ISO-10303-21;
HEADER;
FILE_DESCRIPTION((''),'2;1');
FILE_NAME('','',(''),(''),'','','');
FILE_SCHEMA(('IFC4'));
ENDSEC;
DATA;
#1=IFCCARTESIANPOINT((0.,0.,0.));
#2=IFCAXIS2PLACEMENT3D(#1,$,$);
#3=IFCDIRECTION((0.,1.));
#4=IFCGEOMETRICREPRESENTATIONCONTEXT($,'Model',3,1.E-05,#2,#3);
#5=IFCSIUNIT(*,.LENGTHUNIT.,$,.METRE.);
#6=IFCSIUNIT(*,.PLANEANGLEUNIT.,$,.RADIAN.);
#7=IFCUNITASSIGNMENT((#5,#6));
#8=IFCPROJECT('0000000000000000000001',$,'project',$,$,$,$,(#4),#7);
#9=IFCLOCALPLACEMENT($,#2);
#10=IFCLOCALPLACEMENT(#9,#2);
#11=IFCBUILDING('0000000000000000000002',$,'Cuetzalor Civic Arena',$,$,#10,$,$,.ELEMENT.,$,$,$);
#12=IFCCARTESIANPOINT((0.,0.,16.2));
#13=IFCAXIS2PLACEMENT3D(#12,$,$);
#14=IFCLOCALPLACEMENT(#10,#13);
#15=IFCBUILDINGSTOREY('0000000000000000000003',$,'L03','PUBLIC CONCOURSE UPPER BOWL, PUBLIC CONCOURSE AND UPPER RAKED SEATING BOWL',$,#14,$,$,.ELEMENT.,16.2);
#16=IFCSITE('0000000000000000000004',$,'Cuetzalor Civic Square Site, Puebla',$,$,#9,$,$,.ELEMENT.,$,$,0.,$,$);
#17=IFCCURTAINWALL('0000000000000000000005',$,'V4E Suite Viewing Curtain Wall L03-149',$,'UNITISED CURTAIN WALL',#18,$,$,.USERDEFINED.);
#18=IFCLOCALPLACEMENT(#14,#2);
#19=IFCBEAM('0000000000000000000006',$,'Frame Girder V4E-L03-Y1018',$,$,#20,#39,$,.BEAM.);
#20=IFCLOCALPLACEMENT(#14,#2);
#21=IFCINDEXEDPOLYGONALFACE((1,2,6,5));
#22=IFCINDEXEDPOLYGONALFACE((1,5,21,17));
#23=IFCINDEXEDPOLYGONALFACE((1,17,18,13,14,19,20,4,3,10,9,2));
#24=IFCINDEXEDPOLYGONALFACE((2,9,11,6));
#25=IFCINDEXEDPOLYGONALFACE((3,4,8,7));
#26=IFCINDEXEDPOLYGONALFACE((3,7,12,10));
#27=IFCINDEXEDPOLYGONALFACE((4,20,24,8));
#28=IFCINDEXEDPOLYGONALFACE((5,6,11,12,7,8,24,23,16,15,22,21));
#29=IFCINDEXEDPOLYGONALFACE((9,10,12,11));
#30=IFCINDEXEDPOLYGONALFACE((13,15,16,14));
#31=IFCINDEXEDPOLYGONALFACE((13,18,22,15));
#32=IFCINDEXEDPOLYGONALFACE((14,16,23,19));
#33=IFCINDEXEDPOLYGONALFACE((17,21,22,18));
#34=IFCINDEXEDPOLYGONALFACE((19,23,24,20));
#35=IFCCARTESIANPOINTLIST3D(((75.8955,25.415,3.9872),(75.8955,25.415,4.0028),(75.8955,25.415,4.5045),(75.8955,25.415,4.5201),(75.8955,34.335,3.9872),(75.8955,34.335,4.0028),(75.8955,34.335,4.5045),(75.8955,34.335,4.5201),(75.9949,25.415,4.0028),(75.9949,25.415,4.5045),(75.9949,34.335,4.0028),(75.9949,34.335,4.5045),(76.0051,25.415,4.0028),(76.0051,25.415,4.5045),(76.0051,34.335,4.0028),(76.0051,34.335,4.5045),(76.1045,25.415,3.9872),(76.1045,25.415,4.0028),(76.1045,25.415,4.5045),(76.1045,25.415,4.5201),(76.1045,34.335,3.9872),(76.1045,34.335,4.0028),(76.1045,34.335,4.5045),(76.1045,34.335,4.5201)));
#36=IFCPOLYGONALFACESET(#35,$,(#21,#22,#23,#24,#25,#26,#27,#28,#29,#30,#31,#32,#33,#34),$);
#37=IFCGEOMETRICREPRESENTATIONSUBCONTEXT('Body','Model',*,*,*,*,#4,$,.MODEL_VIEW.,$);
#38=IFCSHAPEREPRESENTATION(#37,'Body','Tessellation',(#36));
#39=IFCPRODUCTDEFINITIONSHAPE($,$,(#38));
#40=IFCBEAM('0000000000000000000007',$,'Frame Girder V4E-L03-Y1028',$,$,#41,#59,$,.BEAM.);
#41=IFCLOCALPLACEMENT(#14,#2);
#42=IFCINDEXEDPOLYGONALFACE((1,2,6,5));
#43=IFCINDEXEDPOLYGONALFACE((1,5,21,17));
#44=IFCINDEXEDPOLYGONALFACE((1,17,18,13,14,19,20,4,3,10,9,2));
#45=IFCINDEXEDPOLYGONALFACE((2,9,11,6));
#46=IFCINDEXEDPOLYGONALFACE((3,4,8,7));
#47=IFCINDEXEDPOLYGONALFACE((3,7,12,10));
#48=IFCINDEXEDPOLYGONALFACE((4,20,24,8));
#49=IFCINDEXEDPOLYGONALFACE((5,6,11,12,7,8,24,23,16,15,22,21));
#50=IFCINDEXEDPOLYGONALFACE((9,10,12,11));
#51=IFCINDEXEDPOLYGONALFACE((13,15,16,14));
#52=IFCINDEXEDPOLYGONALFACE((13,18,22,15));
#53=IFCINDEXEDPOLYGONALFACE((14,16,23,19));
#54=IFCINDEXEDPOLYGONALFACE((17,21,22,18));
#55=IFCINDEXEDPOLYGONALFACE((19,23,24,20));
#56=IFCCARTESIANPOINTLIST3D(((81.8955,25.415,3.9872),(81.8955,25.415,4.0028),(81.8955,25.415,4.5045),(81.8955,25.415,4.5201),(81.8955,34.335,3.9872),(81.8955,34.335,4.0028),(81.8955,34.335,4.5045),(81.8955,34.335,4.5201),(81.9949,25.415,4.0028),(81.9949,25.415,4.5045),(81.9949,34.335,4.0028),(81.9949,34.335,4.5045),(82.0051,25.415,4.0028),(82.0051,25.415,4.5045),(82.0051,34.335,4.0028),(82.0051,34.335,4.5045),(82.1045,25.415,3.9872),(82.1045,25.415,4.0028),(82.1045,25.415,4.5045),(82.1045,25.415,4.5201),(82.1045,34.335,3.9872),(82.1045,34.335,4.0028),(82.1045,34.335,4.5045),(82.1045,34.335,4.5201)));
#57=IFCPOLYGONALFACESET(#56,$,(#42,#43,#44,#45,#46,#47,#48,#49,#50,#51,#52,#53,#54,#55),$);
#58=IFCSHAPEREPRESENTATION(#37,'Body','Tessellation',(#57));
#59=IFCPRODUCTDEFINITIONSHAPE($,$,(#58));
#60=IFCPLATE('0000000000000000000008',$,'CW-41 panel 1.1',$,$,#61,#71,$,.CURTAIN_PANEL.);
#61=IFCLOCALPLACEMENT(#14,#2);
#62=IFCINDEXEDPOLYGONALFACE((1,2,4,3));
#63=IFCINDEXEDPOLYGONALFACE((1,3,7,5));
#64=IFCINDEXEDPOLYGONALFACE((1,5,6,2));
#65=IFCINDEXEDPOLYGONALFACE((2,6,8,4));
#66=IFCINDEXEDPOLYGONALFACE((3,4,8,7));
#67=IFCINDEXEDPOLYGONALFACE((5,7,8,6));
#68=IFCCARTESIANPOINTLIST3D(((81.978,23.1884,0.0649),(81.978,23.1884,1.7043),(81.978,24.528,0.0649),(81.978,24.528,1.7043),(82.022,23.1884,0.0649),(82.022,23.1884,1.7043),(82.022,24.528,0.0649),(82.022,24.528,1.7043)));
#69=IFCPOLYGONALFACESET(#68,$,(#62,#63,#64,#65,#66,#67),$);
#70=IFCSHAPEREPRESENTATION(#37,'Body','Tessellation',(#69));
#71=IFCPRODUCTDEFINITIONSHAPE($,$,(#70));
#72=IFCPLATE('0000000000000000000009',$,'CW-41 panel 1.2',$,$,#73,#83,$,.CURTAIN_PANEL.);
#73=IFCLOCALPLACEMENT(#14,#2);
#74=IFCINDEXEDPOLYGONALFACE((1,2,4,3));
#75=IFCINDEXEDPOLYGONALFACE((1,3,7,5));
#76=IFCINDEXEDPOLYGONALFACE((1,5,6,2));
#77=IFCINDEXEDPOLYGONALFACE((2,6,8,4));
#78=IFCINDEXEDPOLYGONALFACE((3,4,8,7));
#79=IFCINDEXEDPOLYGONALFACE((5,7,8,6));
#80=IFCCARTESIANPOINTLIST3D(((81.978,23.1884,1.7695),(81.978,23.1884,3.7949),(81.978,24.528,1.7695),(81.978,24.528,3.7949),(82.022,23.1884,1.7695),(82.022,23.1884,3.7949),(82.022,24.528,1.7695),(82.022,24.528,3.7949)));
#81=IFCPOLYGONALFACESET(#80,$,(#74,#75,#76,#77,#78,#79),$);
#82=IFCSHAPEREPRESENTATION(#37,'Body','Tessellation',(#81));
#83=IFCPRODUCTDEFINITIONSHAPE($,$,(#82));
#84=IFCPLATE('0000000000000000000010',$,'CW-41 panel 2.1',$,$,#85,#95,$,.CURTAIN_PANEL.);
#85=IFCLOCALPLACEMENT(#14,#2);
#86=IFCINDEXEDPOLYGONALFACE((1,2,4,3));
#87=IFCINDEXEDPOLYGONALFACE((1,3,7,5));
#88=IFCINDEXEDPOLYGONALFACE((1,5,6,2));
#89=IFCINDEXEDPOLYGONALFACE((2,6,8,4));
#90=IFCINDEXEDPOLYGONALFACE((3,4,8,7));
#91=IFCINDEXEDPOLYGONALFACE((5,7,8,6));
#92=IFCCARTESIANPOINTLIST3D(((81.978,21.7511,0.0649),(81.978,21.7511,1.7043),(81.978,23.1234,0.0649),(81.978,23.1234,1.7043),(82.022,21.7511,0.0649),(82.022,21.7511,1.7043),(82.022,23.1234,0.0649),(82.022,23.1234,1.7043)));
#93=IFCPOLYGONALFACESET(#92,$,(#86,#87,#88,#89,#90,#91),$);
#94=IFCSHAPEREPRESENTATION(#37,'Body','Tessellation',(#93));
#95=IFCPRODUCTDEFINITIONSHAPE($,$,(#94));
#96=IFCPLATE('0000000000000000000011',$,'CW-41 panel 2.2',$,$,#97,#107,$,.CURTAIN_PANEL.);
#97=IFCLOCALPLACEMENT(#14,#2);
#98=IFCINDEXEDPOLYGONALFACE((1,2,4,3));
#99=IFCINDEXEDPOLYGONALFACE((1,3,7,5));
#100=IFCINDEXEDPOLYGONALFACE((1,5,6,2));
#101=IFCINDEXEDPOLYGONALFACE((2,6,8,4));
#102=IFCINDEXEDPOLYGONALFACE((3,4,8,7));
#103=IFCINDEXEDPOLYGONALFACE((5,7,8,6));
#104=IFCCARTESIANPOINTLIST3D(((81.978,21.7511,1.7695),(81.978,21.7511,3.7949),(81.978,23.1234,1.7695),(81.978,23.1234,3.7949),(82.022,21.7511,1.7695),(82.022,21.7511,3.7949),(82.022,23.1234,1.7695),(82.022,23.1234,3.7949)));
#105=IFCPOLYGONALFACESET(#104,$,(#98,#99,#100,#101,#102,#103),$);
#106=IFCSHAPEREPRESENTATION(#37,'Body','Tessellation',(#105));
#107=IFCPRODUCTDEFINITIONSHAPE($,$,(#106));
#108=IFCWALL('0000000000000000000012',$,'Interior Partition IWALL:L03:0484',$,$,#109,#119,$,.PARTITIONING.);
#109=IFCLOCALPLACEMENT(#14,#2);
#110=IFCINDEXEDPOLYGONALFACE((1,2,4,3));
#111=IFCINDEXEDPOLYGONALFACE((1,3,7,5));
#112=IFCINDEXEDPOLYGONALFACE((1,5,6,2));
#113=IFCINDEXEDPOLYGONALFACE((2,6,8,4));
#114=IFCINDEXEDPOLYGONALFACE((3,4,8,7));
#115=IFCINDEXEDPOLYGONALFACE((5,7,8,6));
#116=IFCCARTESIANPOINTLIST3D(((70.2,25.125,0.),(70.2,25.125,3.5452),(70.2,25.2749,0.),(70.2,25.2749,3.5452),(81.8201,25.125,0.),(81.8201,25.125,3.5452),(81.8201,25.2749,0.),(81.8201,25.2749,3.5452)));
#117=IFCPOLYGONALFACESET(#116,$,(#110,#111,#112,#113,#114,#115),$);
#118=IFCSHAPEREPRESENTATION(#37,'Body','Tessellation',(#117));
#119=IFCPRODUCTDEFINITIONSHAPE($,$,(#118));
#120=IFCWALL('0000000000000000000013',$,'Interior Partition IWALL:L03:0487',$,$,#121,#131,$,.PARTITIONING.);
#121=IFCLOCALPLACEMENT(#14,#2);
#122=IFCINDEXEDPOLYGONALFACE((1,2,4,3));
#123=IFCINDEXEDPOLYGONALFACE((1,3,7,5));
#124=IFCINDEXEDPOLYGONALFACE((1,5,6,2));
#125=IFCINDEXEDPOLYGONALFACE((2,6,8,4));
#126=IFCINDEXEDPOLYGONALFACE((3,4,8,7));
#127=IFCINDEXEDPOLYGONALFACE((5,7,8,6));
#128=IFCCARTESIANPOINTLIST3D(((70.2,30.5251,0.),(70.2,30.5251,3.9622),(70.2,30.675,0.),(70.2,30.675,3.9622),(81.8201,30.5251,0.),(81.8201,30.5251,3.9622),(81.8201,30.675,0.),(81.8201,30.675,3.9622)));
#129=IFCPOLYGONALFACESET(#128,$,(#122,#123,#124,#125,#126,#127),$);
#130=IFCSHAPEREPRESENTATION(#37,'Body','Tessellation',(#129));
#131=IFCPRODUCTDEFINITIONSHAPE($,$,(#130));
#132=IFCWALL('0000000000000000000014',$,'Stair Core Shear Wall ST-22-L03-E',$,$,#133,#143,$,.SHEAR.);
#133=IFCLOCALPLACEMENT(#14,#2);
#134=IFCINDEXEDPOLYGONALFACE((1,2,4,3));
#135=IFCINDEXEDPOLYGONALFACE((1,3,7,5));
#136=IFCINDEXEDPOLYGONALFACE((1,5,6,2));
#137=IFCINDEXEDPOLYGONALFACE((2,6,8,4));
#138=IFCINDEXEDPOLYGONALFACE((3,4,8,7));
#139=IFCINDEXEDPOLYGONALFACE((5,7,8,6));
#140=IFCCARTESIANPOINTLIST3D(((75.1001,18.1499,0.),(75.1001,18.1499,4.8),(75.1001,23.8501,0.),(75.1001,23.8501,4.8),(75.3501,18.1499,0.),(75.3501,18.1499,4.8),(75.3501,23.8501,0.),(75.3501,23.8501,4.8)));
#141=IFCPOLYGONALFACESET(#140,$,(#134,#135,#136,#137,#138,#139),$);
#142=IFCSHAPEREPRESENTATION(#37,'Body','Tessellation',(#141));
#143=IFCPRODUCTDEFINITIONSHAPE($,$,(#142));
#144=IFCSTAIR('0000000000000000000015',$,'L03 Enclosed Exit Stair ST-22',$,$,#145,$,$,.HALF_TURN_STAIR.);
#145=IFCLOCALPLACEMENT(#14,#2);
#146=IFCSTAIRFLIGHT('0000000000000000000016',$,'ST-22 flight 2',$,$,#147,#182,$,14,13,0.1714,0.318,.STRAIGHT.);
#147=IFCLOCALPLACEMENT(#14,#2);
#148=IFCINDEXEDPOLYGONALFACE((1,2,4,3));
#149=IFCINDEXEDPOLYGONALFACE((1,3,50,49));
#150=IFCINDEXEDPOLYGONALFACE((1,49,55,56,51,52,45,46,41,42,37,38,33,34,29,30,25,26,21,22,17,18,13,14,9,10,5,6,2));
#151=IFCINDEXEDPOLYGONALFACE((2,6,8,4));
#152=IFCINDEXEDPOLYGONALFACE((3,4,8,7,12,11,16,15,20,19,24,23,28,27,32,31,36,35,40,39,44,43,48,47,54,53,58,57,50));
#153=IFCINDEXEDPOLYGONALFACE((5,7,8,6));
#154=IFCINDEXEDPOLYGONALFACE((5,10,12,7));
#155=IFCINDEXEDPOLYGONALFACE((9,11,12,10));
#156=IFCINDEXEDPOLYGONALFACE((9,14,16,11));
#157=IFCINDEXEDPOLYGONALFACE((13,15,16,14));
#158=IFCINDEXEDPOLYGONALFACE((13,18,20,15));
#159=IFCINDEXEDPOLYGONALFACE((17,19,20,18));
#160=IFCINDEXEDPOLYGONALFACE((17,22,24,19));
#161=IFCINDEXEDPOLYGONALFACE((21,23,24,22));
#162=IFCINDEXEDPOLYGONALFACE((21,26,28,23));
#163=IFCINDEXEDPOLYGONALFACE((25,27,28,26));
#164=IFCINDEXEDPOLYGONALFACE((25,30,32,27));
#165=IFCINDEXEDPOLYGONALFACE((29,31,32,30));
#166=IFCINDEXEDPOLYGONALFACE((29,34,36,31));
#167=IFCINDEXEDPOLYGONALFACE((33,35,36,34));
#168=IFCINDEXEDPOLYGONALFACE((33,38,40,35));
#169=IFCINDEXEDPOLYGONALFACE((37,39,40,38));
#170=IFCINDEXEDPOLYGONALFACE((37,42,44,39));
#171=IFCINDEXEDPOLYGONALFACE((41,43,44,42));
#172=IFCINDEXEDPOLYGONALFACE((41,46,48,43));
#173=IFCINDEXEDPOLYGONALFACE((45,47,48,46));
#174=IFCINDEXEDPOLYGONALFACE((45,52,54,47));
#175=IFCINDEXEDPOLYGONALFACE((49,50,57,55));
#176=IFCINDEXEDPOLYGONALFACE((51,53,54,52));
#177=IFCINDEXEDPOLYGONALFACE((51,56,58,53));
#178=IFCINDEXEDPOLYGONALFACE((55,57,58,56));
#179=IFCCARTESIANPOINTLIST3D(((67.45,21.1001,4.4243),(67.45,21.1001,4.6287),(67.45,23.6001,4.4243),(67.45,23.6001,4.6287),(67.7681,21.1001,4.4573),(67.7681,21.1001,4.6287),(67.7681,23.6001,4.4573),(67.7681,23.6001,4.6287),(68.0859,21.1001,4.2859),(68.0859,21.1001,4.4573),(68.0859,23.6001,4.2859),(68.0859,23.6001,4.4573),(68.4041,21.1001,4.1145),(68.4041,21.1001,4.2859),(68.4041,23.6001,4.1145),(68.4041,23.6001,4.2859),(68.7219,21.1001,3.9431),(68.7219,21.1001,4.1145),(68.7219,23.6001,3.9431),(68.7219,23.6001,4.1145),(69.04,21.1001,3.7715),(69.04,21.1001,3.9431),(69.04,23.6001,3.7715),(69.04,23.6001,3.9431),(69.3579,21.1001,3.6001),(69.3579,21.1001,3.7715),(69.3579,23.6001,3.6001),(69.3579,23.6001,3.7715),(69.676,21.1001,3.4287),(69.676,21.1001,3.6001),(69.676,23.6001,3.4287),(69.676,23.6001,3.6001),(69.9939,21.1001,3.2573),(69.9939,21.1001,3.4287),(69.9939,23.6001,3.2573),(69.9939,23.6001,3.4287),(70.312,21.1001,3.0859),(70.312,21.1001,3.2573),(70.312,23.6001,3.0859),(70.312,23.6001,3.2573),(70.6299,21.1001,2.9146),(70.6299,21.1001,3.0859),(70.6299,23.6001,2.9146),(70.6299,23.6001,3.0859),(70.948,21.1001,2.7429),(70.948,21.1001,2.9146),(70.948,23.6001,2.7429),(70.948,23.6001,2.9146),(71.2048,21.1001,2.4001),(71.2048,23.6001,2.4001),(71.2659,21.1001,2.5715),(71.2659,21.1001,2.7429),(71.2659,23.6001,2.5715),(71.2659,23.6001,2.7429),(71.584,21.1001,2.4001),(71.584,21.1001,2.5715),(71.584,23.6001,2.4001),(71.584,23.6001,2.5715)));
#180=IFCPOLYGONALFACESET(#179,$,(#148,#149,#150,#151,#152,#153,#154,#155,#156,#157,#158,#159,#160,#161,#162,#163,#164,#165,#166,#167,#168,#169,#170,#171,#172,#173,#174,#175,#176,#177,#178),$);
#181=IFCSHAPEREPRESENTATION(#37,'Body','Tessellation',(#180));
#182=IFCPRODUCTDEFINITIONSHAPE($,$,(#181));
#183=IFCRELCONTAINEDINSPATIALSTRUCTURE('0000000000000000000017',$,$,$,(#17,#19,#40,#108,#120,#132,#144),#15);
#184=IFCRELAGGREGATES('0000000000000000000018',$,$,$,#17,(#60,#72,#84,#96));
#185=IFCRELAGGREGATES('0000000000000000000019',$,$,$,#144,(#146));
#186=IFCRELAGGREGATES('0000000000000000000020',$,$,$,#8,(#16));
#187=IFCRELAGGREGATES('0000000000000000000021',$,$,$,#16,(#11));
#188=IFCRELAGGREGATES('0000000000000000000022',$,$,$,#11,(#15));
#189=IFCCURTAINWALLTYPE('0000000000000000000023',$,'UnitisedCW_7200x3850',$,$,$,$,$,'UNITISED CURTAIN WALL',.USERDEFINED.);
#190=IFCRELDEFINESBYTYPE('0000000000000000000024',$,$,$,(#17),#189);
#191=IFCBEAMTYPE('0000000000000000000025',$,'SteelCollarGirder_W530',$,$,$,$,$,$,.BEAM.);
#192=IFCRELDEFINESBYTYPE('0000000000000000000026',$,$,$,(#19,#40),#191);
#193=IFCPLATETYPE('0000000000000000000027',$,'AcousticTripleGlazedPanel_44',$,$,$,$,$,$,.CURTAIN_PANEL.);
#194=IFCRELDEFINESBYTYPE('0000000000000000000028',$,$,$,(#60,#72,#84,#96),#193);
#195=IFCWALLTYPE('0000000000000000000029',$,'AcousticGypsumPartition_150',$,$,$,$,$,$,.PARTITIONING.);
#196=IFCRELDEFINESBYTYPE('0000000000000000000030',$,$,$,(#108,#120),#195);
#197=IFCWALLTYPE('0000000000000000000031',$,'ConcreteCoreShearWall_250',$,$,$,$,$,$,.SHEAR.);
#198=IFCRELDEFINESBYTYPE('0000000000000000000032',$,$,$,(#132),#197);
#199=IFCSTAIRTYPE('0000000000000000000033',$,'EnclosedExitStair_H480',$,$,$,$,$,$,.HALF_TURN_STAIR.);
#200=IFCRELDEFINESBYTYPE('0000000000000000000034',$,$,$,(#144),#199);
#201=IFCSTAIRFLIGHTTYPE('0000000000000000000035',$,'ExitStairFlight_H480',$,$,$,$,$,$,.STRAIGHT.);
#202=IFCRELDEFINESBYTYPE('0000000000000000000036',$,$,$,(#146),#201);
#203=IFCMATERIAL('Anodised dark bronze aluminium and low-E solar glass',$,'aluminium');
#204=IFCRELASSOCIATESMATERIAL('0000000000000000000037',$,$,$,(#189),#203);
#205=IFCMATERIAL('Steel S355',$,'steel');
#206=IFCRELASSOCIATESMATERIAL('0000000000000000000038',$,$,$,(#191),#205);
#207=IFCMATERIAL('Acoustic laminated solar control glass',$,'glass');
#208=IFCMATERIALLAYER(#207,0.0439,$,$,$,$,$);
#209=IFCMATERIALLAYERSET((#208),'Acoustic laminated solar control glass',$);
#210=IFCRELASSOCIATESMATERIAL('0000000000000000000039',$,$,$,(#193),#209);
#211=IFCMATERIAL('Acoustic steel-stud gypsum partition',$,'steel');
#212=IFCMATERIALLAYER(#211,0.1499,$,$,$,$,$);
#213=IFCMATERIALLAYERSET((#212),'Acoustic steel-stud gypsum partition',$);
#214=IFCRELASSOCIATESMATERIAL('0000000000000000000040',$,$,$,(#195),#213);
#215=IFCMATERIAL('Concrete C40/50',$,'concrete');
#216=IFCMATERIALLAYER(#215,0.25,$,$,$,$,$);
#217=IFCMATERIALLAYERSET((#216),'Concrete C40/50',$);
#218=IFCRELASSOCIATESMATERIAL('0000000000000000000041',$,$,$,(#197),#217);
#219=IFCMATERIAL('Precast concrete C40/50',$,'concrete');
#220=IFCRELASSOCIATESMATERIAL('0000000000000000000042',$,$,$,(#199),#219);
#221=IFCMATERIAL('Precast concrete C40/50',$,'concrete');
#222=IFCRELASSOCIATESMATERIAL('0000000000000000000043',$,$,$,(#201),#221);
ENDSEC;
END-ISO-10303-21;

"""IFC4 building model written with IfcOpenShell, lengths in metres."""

from ifc_helpers import new_model, si_unit, direction, frame, frame_2d, origin, origin_2d, place, context, subcontext, project, spatial, polyline, rectangle, i_section, outline, extrude, material, layer, layer_set, material_profile, profile_set, type_object, element, aggregate, save


model = new_model("IFC4")

# Units and contexts
model_context = context("Model", 3, precision=1e-05, world=origin(), true_north=direction((0.0, 1.0)))
body_context = subcontext(model_context, "Body", "Model", "MODEL_VIEW")
ifc_project = project(units=[si_unit("LENGTHUNIT", "METRE"), si_unit("PLANEANGLEUNIT", "RADIAN")], contexts=[model_context])

# Site, building, storey
site_placement = place(None, origin())
site = spatial("IfcSite", under=ifc_project, at=site_placement, Name="Cuetzalor Civic Square Site, Puebla", CompositionType="ELEMENT", RefElevation=0.0)
building_placement = place(site_placement, origin())
building = spatial("IfcBuilding", under=site, at=building_placement, Name="Cuetzalor Civic Arena", CompositionType="ELEMENT")
storey_placement = place(building_placement, frame((0.0, 0.0, 16.2)))
storey = spatial("IfcBuildingStorey", under=building, at=storey_placement, Name="L03", Description="PUBLIC CONCOURSE UPPER BOWL, PUBLIC CONCOURSE AND UPPER RAKED SEATING BOWL", CompositionType="ELEMENT", Elevation=16.2)

# Curtain wall
ifc_material_1 = material(Name="Anodised dark bronze aluminium and low-E solar glass", Category="aluminium")
curtain_wall_type = type_object("IfcCurtainWallType", Name="UnitisedCW_7200x3850", ElementType="UNITISED CURTAIN WALL", PredefinedType="USERDEFINED", material=ifc_material_1)
curtain_wall_placement = place(storey_placement, origin())
curtain_wall = element("IfcCurtainWall", 1, at=curtain_wall_placement, inside=storey, type_object=curtain_wall_type, Name="V4E Suite Viewing Curtain Wall L03-149", ObjectType="UNITISED CURTAIN WALL", PredefinedType="USERDEFINED")

# Beams
ifc_material_2 = material(Name="Steel S355", Category="steel")
ifc_material_profile_1 = material_profile(ifc_material_2, i_section(OverallWidth=0.209, OverallDepth=0.533, WebThickness=0.0103, FlangeThickness=0.0156, at=origin_2d()), Name="W530x92")
ifc_profile_set_1 = profile_set([ifc_material_profile_1], Name="Steel S355")
beam_type_1 = type_object("IfcBeamType", Name="SteelCollarGirder_W530", PredefinedType="BEAM", material=ifc_profile_set_1)
for number, where, z_axis, x_axis, name in (
    (2, (76.0, 25.415, 4.2537), (0.0, 1.0, 0.0), (-1.0, 0.0, 0.0), "Frame Girder V4E-L03-Y1018"),
    (3, (82.0, 25.415, 4.2537), (0.0, 1.0, 0.0), (-1.0, 0.0, 0.0), "Frame Girder V4E-L03-Y1028"),
):
    element("IfcBeam", number, at=place(storey_placement, frame(where, z_axis=z_axis, x_axis=x_axis)), inside=storey, type_object=beam_type_1, Name=name, PredefinedType="BEAM", context=body_context, shape_type="SweptSolid", body=[
        extrude(i_section(OverallWidth=0.209, OverallDepth=0.533, WebThickness=0.0103, FlangeThickness=0.0156, at=origin_2d()), origin(), (0.0, 0.0, 1.0), 8.9199),
    ])

# Plates
ifc_material_3 = material(Name="Acoustic laminated solar control glass", Category="glass")
ifc_layer_1 = layer(ifc_material_3, 0.0439)
ifc_layer_set_1 = layer_set([ifc_layer_1], Name="Acoustic laminated solar control glass")
plate_type = type_object("IfcPlateType", Name="AcousticTripleGlazedPanel_44", PredefinedType="CURTAIN_PANEL", material=ifc_layer_set_1)
plate_1_placement = place(storey_placement, frame((82.0, 23.8582, 0.0649), z_axis=(0.0, 0.0, 1.0), x_axis=(0.0, -1.0, 0.0)))
plate_1 = element("IfcPlate", 4, at=plate_1_placement, type_object=plate_type, Name="CW-41 panel 1.1", PredefinedType="CURTAIN_PANEL", context=body_context, shape_type="SweptSolid", body=[
    extrude(rectangle(XDim=1.3396, YDim=0.0439, at=origin_2d()), origin(), (0.0, 0.0, 1.0), 1.6394),
])
plate_2_placement = place(storey_placement, frame((82.0, 23.8582, 1.7695), z_axis=(0.0, 0.0, 1.0), x_axis=(0.0, -1.0, 0.0)))
plate_2 = element("IfcPlate", 5, at=plate_2_placement, type_object=plate_type, Name="CW-41 panel 1.2", PredefinedType="CURTAIN_PANEL", context=body_context, shape_type="SweptSolid", body=[
    extrude(rectangle(XDim=1.3396, YDim=0.0439, at=origin_2d()), origin(), (0.0, 0.0, 1.0), 2.0254),
])
plate_3_placement = place(storey_placement, frame((82.0, 22.4373, 0.0649), z_axis=(0.0, 0.0, 1.0), x_axis=(0.0, -1.0, 0.0)))
plate_3 = element("IfcPlate", 6, at=plate_3_placement, type_object=plate_type, Name="CW-41 panel 2.1", PredefinedType="CURTAIN_PANEL", context=body_context, shape_type="SweptSolid", body=[
    extrude(rectangle(XDim=1.3723, YDim=0.0439, at=origin_2d()), origin(), (0.0, 0.0, 1.0), 1.6394),
])
plate_4_placement = place(storey_placement, frame((82.0, 22.4373, 1.7695), z_axis=(0.0, 0.0, 1.0), x_axis=(0.0, -1.0, 0.0)))
plate_4 = element("IfcPlate", 7, at=plate_4_placement, type_object=plate_type, Name="CW-41 panel 2.2", PredefinedType="CURTAIN_PANEL", context=body_context, shape_type="SweptSolid", body=[
    extrude(rectangle(XDim=1.3723, YDim=0.0439, at=origin_2d()), origin(), (0.0, 0.0, 1.0), 2.0254),
])
aggregate(curtain_wall, [plate_1, plate_2, plate_3, plate_4])

# Walls
ifc_material_4 = material(Name="Acoustic steel-stud gypsum partition", Category="steel")
ifc_layer_2 = layer(ifc_material_4, 0.1499)
ifc_layer_set_2 = layer_set([ifc_layer_2], Name="Acoustic steel-stud gypsum partition")
wall_type_1 = type_object("IfcWallType", Name="AcousticGypsumPartition_150", PredefinedType="PARTITIONING", material=ifc_layer_set_2)
wall_1_placement = place(storey_placement, frame((81.8201, 25.2, 0.0), z_axis=(0.0, 0.0, 1.0), x_axis=(-1.0, 0.0, 0.0)))
element("IfcWall", 8, at=wall_1_placement, inside=storey, type_object=wall_type_1, Name="Interior Partition IWALL:L03:0484", PredefinedType="PARTITIONING", context=body_context, shape_type="SweptSolid", body=[
    extrude(rectangle(XDim=11.6201, YDim=0.1499, at=frame_2d((5.8101, 0.0))), origin(), (0.0, 0.0, 1.0), 3.5452),
])
wall_2_placement = place(storey_placement, frame((81.8201, 30.6001, 0.0), z_axis=(0.0, 0.0, 1.0), x_axis=(-1.0, 0.0, 0.0)))
element("IfcWall", 9, at=wall_2_placement, inside=storey, type_object=wall_type_1, Name="Interior Partition IWALL:L03:0487", PredefinedType="PARTITIONING", context=body_context, shape_type="SweptSolid", body=[
    extrude(rectangle(XDim=11.6201, YDim=0.1499, at=frame_2d((5.8101, 0.0))), origin(), (0.0, 0.0, 1.0), 3.9622),
])
ifc_material_5 = material(Name="Concrete C40/50", Category="concrete")
ifc_layer_3 = layer(ifc_material_5, 0.25)
ifc_layer_set_3 = layer_set([ifc_layer_3], Name="Concrete C40/50")
wall_type_2 = type_object("IfcWallType", Name="ConcreteCoreShearWall_250", PredefinedType="SHEAR", material=ifc_layer_set_3)
wall_3_placement = place(storey_placement, frame((75.2251, 23.8501, 0.0), z_axis=(0.0, 0.0, 1.0), x_axis=(0.0, -1.0, 0.0)))
element("IfcWall", 10, at=wall_3_placement, inside=storey, type_object=wall_type_2, Name="Stair Core Shear Wall ST-22-L03-E", PredefinedType="SHEAR", context=body_context, shape_type="SweptSolid", body=[
    extrude(rectangle(XDim=5.7002, YDim=0.25, at=frame_2d((2.8501, 0.0))), origin(), (0.0, 0.0, 1.0), 4.8),
])

# Stair, stair flight
ifc_material_6 = material(Name="Precast concrete C40/50", Category="concrete")
stair_type = type_object("IfcStairType", Name="EnclosedExitStair_H480", PredefinedType="HALF_TURN_STAIR", material=ifc_material_6)
stair_placement = place(storey_placement, origin())
stair = element("IfcStair", 11, at=stair_placement, inside=storey, type_object=stair_type, Name="L03 Enclosed Exit Stair ST-22", PredefinedType="HALF_TURN_STAIR")
ifc_material_7 = material(Name="Precast concrete C40/50", Category="concrete")
stair_flight_type = type_object("IfcStairFlightType", Name="ExitStairFlight_H480", PredefinedType="STRAIGHT", material=ifc_material_7)
stair_flight_placement = place(storey_placement, frame((71.584, 22.3501, 2.4001), z_axis=(0.0, 0.0, 1.0), x_axis=(-1.0, 0.0, 0.0)))
stair_flight = element("IfcStairFlight", 12, at=stair_flight_placement, type_object=stair_flight_type, Name="ST-22 flight 2", NumberOfRisers=14, NumberOfTreads=13, PredefinedType="STRAIGHT", RiserHeight=0.1714, TreadLength=0.318, context=body_context, shape_type="SweptSolid", body=[
    extrude(outline(polyline([(0.0, 0.0), (0.0, 0.1714), (0.3181, 0.1714), (0.3181, 0.3428), (0.636, 0.3428), (0.636, 0.5144), (0.9541, 0.5144), (0.9541, 0.6858), (1.272, 0.6858), (1.272, 0.8572), (1.5901, 0.8572), (1.5901, 1.0286), (1.908, 1.0286), (1.908, 1.2), (2.2261, 1.2), (2.2261, 1.3713), (2.5439, 1.3713), (2.5439, 1.543), (2.8621, 1.543), (2.8621, 1.7144), (3.1799, 1.7144), (3.1799, 1.8857), (3.498, 1.8857), (3.498, 2.0571), (3.8159, 2.0571), (3.8159, 2.2285), (4.134, 2.2285), (4.134, 2.3999), (4.134, 2.0242), (0.3792, 0.0), (0.0, 0.0)])), frame((0.0, 1.25, 0.0), z_axis=(0.0, -1.0, 0.0), x_axis=(1.0, 0.0, 0.0)), (0.0, 0.0, 1.0), 2.5),
])
aggregate(stair, [stair_flight])

save(model, "model.ifc")
